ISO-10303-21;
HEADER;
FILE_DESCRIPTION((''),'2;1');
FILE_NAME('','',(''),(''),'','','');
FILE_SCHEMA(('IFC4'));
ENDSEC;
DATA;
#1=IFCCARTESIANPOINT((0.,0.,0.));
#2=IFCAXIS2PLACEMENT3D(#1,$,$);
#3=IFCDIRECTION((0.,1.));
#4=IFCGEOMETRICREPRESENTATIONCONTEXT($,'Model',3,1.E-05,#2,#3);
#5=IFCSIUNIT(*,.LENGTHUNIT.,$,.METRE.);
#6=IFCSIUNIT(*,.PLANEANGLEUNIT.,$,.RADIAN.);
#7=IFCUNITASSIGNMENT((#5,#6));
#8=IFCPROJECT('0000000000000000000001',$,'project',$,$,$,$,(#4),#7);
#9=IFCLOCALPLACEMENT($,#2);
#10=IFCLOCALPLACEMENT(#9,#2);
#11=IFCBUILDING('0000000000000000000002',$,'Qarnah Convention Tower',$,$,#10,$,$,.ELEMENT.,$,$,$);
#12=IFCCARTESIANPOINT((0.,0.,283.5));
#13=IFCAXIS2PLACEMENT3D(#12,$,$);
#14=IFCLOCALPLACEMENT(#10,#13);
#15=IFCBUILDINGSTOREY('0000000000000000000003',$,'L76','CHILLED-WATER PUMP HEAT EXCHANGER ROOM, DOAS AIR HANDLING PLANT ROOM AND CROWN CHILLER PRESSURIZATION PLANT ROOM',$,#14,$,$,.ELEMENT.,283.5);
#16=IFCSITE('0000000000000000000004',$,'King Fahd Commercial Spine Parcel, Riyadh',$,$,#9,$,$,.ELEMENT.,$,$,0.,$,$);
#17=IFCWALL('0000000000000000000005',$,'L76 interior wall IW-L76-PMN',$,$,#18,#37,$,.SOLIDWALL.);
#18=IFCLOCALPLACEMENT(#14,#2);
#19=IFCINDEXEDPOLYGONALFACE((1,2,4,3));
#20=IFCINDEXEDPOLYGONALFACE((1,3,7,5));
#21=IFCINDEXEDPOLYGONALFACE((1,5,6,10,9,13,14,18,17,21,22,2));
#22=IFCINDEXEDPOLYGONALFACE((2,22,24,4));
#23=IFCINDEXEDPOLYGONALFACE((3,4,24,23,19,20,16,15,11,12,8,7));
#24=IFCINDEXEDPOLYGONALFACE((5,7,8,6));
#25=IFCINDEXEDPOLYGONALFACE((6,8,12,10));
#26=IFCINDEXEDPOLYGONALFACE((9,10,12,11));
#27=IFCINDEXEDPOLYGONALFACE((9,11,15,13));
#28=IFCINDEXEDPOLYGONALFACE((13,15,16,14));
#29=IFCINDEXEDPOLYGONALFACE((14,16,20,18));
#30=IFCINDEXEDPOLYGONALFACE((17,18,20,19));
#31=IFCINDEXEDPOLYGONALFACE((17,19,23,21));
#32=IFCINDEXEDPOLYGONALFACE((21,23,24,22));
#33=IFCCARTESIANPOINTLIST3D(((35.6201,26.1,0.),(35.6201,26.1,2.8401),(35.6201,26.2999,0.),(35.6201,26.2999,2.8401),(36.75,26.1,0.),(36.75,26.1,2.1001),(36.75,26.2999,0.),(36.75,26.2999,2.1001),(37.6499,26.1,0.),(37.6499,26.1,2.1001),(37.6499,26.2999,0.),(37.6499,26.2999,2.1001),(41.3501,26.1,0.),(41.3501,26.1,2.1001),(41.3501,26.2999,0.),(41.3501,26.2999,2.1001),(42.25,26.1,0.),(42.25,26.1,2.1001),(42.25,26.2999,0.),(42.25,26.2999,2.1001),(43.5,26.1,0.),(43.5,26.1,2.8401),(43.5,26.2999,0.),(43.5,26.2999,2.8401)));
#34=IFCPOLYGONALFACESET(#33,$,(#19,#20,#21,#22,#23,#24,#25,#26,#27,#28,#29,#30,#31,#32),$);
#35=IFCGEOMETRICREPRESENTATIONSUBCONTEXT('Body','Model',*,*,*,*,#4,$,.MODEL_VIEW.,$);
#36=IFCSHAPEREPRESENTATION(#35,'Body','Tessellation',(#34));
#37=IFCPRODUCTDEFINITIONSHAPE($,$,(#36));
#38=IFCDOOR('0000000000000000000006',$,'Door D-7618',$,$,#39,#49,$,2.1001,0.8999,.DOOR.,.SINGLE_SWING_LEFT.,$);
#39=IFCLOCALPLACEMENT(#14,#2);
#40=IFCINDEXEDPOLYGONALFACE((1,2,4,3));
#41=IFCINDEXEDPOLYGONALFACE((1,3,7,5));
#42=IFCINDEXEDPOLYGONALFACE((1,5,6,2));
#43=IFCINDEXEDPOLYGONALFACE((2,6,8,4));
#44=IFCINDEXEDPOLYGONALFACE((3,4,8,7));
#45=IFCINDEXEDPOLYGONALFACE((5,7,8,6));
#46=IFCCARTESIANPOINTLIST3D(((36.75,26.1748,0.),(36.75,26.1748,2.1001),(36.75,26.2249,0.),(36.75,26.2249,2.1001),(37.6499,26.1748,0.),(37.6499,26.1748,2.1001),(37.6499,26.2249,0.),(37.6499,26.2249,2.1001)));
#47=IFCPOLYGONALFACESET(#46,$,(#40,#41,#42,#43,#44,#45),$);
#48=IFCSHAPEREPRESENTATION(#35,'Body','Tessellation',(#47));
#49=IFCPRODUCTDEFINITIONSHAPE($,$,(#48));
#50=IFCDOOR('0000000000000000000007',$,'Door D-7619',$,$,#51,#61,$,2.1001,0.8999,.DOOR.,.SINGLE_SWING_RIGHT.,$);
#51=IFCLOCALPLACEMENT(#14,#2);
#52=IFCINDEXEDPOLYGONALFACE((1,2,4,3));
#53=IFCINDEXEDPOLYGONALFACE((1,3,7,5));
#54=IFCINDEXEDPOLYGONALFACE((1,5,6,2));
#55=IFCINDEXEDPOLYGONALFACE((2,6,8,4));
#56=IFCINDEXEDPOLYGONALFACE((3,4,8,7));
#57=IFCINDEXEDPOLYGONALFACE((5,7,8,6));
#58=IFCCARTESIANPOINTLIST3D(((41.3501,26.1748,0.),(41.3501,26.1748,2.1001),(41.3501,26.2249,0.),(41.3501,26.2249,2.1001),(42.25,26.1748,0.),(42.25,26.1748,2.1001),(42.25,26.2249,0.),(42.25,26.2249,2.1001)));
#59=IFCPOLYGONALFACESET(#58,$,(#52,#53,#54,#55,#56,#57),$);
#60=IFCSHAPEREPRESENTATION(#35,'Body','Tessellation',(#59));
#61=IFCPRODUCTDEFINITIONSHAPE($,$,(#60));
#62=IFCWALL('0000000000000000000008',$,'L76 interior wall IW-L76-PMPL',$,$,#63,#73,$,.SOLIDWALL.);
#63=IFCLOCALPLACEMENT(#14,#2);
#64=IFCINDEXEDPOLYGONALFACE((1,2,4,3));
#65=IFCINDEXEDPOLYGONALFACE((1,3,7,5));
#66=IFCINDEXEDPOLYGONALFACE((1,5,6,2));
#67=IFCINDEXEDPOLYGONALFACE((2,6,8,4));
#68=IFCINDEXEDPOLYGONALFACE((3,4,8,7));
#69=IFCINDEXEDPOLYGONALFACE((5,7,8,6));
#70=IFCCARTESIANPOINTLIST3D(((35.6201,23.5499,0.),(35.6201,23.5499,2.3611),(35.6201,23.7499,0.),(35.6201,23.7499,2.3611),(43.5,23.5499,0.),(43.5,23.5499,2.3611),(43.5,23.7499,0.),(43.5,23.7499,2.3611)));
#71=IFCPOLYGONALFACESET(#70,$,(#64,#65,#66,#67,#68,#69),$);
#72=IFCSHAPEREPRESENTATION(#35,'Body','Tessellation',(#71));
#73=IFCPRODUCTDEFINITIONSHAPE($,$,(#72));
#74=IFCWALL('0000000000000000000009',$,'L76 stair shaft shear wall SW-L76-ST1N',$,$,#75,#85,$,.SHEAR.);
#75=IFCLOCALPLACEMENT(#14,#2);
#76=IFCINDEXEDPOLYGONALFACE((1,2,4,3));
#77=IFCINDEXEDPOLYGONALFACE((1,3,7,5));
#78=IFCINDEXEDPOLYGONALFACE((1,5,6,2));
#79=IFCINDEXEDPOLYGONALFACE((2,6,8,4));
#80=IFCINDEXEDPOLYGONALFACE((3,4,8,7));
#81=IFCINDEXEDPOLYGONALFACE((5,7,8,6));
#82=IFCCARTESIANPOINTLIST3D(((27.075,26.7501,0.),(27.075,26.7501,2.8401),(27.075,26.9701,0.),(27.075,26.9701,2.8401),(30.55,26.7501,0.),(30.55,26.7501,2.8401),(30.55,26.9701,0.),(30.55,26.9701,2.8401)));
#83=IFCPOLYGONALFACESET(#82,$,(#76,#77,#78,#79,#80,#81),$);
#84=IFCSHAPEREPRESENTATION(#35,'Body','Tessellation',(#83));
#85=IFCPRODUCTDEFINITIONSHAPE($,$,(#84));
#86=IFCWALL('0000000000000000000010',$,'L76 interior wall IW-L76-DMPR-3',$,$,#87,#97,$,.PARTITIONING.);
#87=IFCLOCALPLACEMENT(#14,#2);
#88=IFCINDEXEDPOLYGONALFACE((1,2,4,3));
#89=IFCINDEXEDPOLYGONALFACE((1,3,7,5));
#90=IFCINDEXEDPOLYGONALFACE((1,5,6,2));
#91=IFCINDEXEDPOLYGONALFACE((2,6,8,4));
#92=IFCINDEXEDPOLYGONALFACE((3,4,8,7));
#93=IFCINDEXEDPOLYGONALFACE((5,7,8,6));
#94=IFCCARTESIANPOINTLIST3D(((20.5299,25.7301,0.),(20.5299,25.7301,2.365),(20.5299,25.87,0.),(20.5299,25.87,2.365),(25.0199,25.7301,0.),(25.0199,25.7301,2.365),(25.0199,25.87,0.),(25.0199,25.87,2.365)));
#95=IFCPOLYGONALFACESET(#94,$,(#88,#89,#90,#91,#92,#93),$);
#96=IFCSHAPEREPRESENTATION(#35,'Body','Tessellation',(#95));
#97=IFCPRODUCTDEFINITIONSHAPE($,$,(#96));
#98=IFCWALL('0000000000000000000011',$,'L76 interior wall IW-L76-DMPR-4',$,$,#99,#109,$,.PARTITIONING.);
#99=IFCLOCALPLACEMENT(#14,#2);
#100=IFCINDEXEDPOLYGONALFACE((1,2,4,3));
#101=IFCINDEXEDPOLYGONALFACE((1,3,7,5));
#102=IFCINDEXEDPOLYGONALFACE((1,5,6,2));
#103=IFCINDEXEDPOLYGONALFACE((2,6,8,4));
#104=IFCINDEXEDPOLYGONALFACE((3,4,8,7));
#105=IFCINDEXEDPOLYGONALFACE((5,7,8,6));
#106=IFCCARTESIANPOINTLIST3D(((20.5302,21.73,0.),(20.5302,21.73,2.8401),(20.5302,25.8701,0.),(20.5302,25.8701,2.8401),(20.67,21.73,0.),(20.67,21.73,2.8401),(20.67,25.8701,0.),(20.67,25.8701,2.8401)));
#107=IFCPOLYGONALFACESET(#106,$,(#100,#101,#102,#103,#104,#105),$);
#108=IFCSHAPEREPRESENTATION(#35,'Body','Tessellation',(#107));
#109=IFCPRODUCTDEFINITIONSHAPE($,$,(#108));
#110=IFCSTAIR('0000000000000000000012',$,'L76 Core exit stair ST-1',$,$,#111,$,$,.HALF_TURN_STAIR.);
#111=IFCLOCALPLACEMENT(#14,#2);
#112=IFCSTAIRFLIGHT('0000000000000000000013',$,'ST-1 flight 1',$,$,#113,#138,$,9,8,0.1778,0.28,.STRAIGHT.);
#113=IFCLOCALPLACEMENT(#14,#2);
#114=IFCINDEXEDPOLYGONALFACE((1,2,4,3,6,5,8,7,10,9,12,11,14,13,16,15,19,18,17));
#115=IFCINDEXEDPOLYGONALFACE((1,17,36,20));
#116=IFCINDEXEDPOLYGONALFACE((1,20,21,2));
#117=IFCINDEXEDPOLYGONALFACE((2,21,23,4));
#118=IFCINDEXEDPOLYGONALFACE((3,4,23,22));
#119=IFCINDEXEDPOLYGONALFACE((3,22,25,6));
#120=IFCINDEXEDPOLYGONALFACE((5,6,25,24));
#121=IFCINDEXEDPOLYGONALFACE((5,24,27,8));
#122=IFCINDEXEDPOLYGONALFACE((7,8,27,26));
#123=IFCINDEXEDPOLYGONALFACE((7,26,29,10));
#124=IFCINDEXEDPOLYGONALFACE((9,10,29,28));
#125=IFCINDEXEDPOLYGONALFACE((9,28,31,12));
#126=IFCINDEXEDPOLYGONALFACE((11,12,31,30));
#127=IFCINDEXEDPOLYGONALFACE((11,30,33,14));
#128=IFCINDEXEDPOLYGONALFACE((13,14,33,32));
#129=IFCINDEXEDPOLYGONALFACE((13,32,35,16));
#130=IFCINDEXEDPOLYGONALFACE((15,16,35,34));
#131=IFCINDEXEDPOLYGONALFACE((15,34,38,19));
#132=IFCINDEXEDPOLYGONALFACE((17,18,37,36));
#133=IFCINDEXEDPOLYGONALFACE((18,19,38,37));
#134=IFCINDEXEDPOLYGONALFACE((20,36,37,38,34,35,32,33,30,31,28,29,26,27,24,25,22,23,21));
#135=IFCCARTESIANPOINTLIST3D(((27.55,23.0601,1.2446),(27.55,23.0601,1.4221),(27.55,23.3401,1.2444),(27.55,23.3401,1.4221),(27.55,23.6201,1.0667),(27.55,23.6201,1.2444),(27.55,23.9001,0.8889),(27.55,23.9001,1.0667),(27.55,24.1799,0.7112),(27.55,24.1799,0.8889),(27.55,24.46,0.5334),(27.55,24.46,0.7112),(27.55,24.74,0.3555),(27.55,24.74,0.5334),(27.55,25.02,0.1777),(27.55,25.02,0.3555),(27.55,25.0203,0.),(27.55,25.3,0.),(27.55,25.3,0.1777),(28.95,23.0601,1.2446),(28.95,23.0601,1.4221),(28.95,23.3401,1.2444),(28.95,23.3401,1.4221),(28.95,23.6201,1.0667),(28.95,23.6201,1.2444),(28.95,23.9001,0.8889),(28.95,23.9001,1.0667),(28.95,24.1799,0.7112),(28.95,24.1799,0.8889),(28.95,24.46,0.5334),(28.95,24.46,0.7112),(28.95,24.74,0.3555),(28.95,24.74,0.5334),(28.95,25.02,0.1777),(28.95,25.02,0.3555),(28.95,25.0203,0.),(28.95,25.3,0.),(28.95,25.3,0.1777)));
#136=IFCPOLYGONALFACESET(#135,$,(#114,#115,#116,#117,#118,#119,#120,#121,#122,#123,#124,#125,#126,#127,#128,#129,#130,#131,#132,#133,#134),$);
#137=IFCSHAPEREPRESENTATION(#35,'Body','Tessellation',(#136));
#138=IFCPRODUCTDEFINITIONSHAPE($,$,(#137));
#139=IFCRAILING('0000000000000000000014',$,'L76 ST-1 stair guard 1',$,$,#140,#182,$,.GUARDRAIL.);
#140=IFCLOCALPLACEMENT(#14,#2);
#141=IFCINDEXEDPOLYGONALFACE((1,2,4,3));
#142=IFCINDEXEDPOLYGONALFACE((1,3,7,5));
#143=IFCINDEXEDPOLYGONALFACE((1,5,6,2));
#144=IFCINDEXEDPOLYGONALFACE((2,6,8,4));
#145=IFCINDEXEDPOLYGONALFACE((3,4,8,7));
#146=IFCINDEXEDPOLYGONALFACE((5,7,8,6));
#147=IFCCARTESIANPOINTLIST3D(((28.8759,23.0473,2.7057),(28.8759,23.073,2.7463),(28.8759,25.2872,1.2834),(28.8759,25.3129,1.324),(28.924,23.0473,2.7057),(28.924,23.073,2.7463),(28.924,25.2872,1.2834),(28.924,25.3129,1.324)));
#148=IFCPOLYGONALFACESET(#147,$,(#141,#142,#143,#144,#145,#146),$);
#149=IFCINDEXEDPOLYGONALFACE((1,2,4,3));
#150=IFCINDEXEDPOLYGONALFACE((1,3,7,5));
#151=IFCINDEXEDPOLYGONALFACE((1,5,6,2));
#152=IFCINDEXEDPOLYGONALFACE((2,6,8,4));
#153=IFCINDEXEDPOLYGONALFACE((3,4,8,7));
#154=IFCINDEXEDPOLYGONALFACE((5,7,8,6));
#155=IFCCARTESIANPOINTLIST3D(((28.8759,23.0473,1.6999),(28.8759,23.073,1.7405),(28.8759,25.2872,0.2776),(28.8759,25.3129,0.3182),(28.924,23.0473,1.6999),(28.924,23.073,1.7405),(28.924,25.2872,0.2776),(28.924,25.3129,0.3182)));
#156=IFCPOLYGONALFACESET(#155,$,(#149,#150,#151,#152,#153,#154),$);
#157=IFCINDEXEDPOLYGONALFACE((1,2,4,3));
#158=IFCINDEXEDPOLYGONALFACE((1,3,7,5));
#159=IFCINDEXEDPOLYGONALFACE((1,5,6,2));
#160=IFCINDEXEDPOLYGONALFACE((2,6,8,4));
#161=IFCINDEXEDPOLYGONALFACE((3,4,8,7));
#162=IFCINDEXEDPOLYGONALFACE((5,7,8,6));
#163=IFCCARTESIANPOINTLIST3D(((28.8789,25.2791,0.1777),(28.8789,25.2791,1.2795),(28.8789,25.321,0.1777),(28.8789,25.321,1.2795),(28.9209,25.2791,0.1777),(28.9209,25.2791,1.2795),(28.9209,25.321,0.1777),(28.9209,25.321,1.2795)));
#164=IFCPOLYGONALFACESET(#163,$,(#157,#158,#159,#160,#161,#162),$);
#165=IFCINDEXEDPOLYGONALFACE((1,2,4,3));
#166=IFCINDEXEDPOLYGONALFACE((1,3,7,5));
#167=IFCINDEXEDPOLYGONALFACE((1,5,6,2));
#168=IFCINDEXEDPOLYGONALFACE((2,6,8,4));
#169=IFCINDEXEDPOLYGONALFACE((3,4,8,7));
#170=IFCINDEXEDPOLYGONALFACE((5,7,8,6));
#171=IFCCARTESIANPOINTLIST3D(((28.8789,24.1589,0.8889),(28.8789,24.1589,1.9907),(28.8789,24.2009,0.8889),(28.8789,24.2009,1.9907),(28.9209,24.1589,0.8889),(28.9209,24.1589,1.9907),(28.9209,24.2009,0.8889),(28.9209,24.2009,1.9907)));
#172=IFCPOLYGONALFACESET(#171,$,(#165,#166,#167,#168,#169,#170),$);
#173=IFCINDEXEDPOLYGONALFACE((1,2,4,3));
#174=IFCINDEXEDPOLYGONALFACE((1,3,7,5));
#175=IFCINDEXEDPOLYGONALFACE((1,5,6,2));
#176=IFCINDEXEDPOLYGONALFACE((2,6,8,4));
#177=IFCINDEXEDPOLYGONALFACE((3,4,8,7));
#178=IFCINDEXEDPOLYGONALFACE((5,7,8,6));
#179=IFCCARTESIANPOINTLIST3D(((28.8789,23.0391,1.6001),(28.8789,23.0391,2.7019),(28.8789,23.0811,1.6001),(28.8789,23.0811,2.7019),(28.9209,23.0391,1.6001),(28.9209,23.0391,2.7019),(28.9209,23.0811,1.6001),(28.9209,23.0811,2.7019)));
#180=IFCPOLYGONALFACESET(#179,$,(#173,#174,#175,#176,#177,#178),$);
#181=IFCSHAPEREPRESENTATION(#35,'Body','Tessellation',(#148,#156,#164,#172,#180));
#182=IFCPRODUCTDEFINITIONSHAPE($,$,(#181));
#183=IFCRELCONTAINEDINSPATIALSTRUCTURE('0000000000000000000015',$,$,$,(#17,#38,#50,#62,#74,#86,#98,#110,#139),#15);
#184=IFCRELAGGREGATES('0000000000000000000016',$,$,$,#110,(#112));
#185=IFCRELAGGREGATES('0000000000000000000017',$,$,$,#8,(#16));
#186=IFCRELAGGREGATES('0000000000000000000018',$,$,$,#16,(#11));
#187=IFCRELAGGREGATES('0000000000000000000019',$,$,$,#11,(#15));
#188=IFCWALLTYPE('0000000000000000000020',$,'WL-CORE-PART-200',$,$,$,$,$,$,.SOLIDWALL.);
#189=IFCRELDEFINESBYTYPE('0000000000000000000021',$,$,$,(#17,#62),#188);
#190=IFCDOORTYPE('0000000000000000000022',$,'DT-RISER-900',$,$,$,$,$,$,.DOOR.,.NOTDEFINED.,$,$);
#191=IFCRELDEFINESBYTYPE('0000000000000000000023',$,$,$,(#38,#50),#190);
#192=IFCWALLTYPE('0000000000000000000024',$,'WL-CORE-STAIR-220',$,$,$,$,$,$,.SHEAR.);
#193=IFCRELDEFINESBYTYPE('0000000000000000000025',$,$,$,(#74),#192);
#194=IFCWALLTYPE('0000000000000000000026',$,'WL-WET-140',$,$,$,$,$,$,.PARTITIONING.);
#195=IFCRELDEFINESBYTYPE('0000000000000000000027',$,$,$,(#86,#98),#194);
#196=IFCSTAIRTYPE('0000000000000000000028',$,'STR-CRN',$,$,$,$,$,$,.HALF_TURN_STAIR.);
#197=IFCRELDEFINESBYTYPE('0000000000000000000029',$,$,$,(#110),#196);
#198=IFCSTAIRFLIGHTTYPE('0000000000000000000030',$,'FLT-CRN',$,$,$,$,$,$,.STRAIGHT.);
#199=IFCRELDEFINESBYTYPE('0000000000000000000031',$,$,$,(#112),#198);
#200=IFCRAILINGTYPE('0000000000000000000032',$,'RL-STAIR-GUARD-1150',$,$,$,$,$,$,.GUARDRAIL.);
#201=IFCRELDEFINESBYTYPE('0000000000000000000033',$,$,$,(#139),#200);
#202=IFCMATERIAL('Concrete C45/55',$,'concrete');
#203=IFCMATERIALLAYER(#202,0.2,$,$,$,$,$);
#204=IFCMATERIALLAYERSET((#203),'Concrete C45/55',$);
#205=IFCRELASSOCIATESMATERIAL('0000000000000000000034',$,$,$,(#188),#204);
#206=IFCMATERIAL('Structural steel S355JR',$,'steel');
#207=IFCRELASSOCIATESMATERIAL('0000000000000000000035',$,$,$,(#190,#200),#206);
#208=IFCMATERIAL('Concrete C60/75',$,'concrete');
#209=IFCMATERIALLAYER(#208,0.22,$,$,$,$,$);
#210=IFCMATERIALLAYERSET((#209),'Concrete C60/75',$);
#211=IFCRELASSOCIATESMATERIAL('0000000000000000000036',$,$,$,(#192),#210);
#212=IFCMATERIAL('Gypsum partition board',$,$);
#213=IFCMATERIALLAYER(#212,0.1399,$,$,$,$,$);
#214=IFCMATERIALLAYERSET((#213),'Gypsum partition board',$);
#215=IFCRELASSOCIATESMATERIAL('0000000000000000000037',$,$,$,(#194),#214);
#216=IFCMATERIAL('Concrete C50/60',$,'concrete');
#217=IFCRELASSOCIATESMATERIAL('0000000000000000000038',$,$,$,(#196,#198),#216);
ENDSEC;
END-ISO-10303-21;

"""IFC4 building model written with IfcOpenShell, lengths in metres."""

from ifc_helpers import new_model, si_unit, direction, frame, frame_2d, origin, origin_2d, place, context, subcontext, project, spatial, polyline, rectangle, outline, extrude, material, layer, layer_set, type_object, element, fill, aggregate, save


model = new_model("IFC4")

# Units and contexts
model_context = context("Model", 3, precision=1e-05, world=origin(), true_north=direction((0.0, 1.0)))
body_context = subcontext(model_context, "Body", "Model", "MODEL_VIEW")
ifc_project = project(units=[si_unit("LENGTHUNIT", "METRE"), si_unit("PLANEANGLEUNIT", "RADIAN")], contexts=[model_context])

# Site, building, storey
site_placement = place(None, origin())
site = spatial("IfcSite", under=ifc_project, at=site_placement, Name="King Fahd Commercial Spine Parcel, Riyadh", CompositionType="ELEMENT", RefElevation=0.0)
building_placement = place(site_placement, origin())
building = spatial("IfcBuilding", under=site, at=building_placement, Name="Qarnah Convention Tower", CompositionType="ELEMENT")
storey_placement = place(building_placement, frame((0.0, 0.0, 283.5)))
storey = spatial("IfcBuildingStorey", under=building, at=storey_placement, Name="L76", Description="CHILLED-WATER PUMP HEAT EXCHANGER ROOM, DOAS AIR HANDLING PLANT ROOM AND CROWN CHILLER PRESSURIZATION PLANT ROOM", CompositionType="ELEMENT", Elevation=283.5)

# Shared definitions
ifc_material_1 = material(Name="Structural steel S355JR", Category="steel")

# Shared definitions
ifc_material_2 = material(Name="Concrete C45/55", Category="concrete")
ifc_layer_1 = layer(ifc_material_2, 0.2)
ifc_layer_set_1 = layer_set([ifc_layer_1], Name="Concrete C45/55")
wall_type_1 = type_object("IfcWallType", Name="WL-CORE-PART-200", PredefinedType="SOLIDWALL", material=ifc_layer_set_1)

# Shared definitions
door_type_1 = type_object("IfcDoorType", Name="DT-RISER-900", OperationType="NOTDEFINED", PredefinedType="DOOR", material=ifc_material_1)

# Wall, openings, doors
wall_1_placement = place(storey_placement, frame((35.6201, 26.2, 0.0), z_axis=(0.0, 0.0, 1.0), x_axis=(1.0, 0.0, 0.0)))
wall_1 = element("IfcWall", 1, at=wall_1_placement, inside=storey, type_object=wall_type_1, Name="L76 interior wall IW-L76-PMN", PredefinedType="SOLIDWALL", context=body_context, shape_type="SweptSolid", body=[
    extrude(rectangle(XDim=7.8799, YDim=0.2, at=frame_2d((3.9399, 0.0))), origin(), (0.0, 0.0, 1.0), 2.8401),
])
opening_1_placement = place(wall_1_placement, frame((1.1299, 0.0, 0.0)))
opening_1 = element("IfcOpeningElement", 2, at=opening_1_placement, cuts=wall_1, PredefinedType="OPENING", context=body_context, shape_type="SweptSolid", body=[
    extrude(rectangle(XDim=0.8999, YDim=2.1001, at=frame_2d((0.45, 1.05))), frame((0.0, 0.1099, 0.0), z_axis=(0.0, -1.0, 0.0), x_axis=(1.0, 0.0, 0.0)), (0.0, 0.0, 1.0), 0.22),
])
opening_2_placement = place(wall_1_placement, frame((5.73, 0.0, 0.0)))
opening_2 = element("IfcOpeningElement", 3, at=opening_2_placement, cuts=wall_1, PredefinedType="OPENING", context=body_context, shape_type="SweptSolid", body=[
    extrude(rectangle(XDim=0.8999, YDim=2.1001, at=frame_2d((0.45, 1.05))), frame((0.0, 0.1099, 0.0), z_axis=(0.0, -1.0, 0.0), x_axis=(1.0, 0.0, 0.0)), (0.0, 0.0, 1.0), 0.22),
])
door_1_placement = place(opening_1_placement, origin())
door_1 = element("IfcDoor", 4, at=door_1_placement, inside=storey, type_object=door_type_1, Name="Door D-7618", OperationType="SINGLE_SWING_LEFT", OverallHeight=2.1001, OverallWidth=0.8999, PredefinedType="DOOR", context=body_context, shape_type="SweptSolid", body=[
    extrude(rectangle(XDim=0.8999, YDim=2.1001, at=frame_2d((0.45, 1.05))), frame((0.0, 0.0249, 0.0), z_axis=(0.0, -1.0, 0.0), x_axis=(1.0, 0.0, 0.0)), (0.0, 0.0, 1.0), 0.05),
])
fill(opening_1, door_1)
door_2_placement = place(opening_2_placement, origin())
door_2 = element("IfcDoor", 5, at=door_2_placement, inside=storey, type_object=door_type_1, Name="Door D-7619", OperationType="SINGLE_SWING_RIGHT", OverallHeight=2.1001, OverallWidth=0.8999, PredefinedType="DOOR", context=body_context, shape_type="SweptSolid", body=[
    extrude(rectangle(XDim=0.8999, YDim=2.1001, at=frame_2d((0.45, 1.05))), frame((0.0, 0.0249, 0.0), z_axis=(0.0, -1.0, 0.0), x_axis=(1.0, 0.0, 0.0)), (0.0, 0.0, 1.0), 0.05),
])
fill(opening_2, door_2)

# Walls
wall_2_placement = place(storey_placement, frame((35.6201, 23.6499, 0.0), z_axis=(0.0, 0.0, 1.0), x_axis=(1.0, 0.0, 0.0)))
element("IfcWall", 6, at=wall_2_placement, inside=storey, type_object=wall_type_1, Name="L76 interior wall IW-L76-PMPL", PredefinedType="SOLIDWALL", context=body_context, shape_type="SweptSolid", body=[
    extrude(rectangle(XDim=7.8799, YDim=0.2, at=frame_2d((3.9399, 0.0))), origin(), (0.0, 0.0, 1.0), 2.3611),
])
ifc_material_3 = material(Name="Concrete C60/75", Category="concrete")
ifc_layer_2 = layer(ifc_material_3, 0.22)
ifc_layer_set_2 = layer_set([ifc_layer_2], Name="Concrete C60/75")
wall_type_2 = type_object("IfcWallType", Name="WL-CORE-STAIR-220", PredefinedType="SHEAR", material=ifc_layer_set_2)
wall_3_placement = place(storey_placement, frame((27.075, 26.8601, 0.0), z_axis=(0.0, 0.0, 1.0), x_axis=(1.0, 0.0, 0.0)))
element("IfcWall", 7, at=wall_3_placement, inside=storey, type_object=wall_type_2, Name="L76 stair shaft shear wall SW-L76-ST1N", PredefinedType="SHEAR", context=body_context, shape_type="SweptSolid", body=[
    extrude(rectangle(XDim=3.4751, YDim=0.22, at=frame_2d((1.7375, 0.0))), origin(), (0.0, 0.0, 1.0), 2.8401),
])
ifc_material_4 = material(Name="Gypsum partition board")
ifc_layer_3 = layer(ifc_material_4, 0.1399)
ifc_layer_set_3 = layer_set([ifc_layer_3], Name="Gypsum partition board")
wall_type_3 = type_object("IfcWallType", Name="WL-WET-140", PredefinedType="PARTITIONING", material=ifc_layer_set_3)
wall_4_placement = place(storey_placement, frame((25.02, 25.8, 0.0), z_axis=(0.0, 0.0, 1.0), x_axis=(-1.0, 0.0, 0.0)))
element("IfcWall", 8, at=wall_4_placement, inside=storey, type_object=wall_type_3, Name="L76 interior wall IW-L76-DMPR-3", PredefinedType="PARTITIONING", context=body_context, shape_type="SweptSolid", body=[
    extrude(rectangle(XDim=4.49, YDim=0.1399, at=frame_2d((2.2451, 0.0))), origin(), (0.0, 0.0, 1.0), 2.365),
])
wall_5_placement = place(storey_placement, frame((20.6001, 25.8701, 0.0), z_axis=(0.0, 0.0, 1.0), x_axis=(0.0, -1.0, 0.0)))
element("IfcWall", 9, at=wall_5_placement, inside=storey, type_object=wall_type_3, Name="L76 interior wall IW-L76-DMPR-4", PredefinedType="PARTITIONING", context=body_context, shape_type="SweptSolid", body=[
    extrude(rectangle(XDim=4.1401, YDim=0.1399, at=frame_2d((2.0701, 0.0))), origin(), (0.0, 0.0, 1.0), 2.8401),
])

# Stair, stair flight
ifc_material_5 = material(Name="Concrete C50/60", Category="concrete")
stair_type = type_object("IfcStairType", Name="STR-CRN", PredefinedType="HALF_TURN_STAIR", material=ifc_material_5)
stair_placement = place(storey_placement, origin())
stair = element("IfcStair", 10, at=stair_placement, inside=storey, type_object=stair_type, Name="L76 Core exit stair ST-1", PredefinedType="HALF_TURN_STAIR")
stair_flight_type = type_object("IfcStairFlightType", Name="FLT-CRN", PredefinedType="STRAIGHT", material=ifc_material_5)
stair_flight_placement = place(storey_placement, frame((28.25, 25.3, 0.0), z_axis=(0.0, 0.0, 1.0), x_axis=(0.0, -1.0, 0.0)))
stair_flight = element("IfcStairFlight", 11, at=stair_flight_placement, type_object=stair_flight_type, Name="ST-1 flight 1", NumberOfRisers=9, NumberOfTreads=8, PredefinedType="STRAIGHT", RiserHeight=0.1778, TreadLength=0.28, context=body_context, shape_type="SweptSolid", body=[
    extrude(outline(polyline([(0.0, 0.0), (0.0, 0.1777), (0.28, 0.1777), (0.28, 0.3555), (0.5601, 0.3555), (0.5601, 0.5334), (0.8401, 0.5334), (0.8401, 0.7112), (1.1201, 0.7112), (1.1201, 0.8889), (1.3999, 0.8889), (1.3999, 1.0667), (1.6799, 1.0667), (1.6799, 1.2444), (1.96, 1.2444), (1.96, 1.4221), (2.24, 1.4221), (2.24, 1.6001), (2.24, 1.2446), (0.2798, 0.0), (0.0, 0.0)])), frame((0.0, 0.7, 0.0), z_axis=(0.0, -1.0, 0.0), x_axis=(1.0, 0.0, 0.0)), (0.0, 0.0, 1.0), 1.3999),
])
aggregate(stair, [stair_flight])

# Railing
railing_type_1 = type_object("IfcRailingType", Name="RL-STAIR-GUARD-1150", PredefinedType="GUARDRAIL", material=ifc_material_1)
railing_1_placement = place(storey_placement, frame((28.8999, 25.3, 0.1777)))
element("IfcRailing", 12, at=railing_1_placement, inside=storey, type_object=railing_type_1, Name="L76 ST-1 stair guard 1", PredefinedType="GUARDRAIL", context=body_context, shape_type="SweptSolid", body=[
    extrude(rectangle(XDim=0.0481, YDim=0.0481, at=origin_2d()), frame((0.0, 0.0, 1.126), z_axis=(0.0, -0.844188, 0.536048), x_axis=(1.0, 0.0, 0.0)), (0.0, 0.0, 1.0), 2.6533),
    extrude(rectangle(XDim=0.0481, YDim=0.0481, at=origin_2d()), frame((0.0, 0.0, 0.1201), z_axis=(0.0, -0.844188, 0.536048), x_axis=(1.0, 0.0, 0.0)), (0.0, 0.0, 1.0), 2.6533),
    extrude(rectangle(XDim=0.042, YDim=0.042, at=origin_2d()), origin(), (0.0, 0.0, 1.0), 1.1018),
    extrude(rectangle(XDim=0.042, YDim=0.042, at=origin_2d()), frame((0.0, -1.1201, 0.7112)), (0.0, 0.0, 1.0), 1.1018),
    extrude(rectangle(XDim=0.042, YDim=0.042, at=origin_2d()), frame((0.0, -2.24, 1.4224)), (0.0, 0.0, 1.0), 1.1018),
])

save(model, "model.ifc")
